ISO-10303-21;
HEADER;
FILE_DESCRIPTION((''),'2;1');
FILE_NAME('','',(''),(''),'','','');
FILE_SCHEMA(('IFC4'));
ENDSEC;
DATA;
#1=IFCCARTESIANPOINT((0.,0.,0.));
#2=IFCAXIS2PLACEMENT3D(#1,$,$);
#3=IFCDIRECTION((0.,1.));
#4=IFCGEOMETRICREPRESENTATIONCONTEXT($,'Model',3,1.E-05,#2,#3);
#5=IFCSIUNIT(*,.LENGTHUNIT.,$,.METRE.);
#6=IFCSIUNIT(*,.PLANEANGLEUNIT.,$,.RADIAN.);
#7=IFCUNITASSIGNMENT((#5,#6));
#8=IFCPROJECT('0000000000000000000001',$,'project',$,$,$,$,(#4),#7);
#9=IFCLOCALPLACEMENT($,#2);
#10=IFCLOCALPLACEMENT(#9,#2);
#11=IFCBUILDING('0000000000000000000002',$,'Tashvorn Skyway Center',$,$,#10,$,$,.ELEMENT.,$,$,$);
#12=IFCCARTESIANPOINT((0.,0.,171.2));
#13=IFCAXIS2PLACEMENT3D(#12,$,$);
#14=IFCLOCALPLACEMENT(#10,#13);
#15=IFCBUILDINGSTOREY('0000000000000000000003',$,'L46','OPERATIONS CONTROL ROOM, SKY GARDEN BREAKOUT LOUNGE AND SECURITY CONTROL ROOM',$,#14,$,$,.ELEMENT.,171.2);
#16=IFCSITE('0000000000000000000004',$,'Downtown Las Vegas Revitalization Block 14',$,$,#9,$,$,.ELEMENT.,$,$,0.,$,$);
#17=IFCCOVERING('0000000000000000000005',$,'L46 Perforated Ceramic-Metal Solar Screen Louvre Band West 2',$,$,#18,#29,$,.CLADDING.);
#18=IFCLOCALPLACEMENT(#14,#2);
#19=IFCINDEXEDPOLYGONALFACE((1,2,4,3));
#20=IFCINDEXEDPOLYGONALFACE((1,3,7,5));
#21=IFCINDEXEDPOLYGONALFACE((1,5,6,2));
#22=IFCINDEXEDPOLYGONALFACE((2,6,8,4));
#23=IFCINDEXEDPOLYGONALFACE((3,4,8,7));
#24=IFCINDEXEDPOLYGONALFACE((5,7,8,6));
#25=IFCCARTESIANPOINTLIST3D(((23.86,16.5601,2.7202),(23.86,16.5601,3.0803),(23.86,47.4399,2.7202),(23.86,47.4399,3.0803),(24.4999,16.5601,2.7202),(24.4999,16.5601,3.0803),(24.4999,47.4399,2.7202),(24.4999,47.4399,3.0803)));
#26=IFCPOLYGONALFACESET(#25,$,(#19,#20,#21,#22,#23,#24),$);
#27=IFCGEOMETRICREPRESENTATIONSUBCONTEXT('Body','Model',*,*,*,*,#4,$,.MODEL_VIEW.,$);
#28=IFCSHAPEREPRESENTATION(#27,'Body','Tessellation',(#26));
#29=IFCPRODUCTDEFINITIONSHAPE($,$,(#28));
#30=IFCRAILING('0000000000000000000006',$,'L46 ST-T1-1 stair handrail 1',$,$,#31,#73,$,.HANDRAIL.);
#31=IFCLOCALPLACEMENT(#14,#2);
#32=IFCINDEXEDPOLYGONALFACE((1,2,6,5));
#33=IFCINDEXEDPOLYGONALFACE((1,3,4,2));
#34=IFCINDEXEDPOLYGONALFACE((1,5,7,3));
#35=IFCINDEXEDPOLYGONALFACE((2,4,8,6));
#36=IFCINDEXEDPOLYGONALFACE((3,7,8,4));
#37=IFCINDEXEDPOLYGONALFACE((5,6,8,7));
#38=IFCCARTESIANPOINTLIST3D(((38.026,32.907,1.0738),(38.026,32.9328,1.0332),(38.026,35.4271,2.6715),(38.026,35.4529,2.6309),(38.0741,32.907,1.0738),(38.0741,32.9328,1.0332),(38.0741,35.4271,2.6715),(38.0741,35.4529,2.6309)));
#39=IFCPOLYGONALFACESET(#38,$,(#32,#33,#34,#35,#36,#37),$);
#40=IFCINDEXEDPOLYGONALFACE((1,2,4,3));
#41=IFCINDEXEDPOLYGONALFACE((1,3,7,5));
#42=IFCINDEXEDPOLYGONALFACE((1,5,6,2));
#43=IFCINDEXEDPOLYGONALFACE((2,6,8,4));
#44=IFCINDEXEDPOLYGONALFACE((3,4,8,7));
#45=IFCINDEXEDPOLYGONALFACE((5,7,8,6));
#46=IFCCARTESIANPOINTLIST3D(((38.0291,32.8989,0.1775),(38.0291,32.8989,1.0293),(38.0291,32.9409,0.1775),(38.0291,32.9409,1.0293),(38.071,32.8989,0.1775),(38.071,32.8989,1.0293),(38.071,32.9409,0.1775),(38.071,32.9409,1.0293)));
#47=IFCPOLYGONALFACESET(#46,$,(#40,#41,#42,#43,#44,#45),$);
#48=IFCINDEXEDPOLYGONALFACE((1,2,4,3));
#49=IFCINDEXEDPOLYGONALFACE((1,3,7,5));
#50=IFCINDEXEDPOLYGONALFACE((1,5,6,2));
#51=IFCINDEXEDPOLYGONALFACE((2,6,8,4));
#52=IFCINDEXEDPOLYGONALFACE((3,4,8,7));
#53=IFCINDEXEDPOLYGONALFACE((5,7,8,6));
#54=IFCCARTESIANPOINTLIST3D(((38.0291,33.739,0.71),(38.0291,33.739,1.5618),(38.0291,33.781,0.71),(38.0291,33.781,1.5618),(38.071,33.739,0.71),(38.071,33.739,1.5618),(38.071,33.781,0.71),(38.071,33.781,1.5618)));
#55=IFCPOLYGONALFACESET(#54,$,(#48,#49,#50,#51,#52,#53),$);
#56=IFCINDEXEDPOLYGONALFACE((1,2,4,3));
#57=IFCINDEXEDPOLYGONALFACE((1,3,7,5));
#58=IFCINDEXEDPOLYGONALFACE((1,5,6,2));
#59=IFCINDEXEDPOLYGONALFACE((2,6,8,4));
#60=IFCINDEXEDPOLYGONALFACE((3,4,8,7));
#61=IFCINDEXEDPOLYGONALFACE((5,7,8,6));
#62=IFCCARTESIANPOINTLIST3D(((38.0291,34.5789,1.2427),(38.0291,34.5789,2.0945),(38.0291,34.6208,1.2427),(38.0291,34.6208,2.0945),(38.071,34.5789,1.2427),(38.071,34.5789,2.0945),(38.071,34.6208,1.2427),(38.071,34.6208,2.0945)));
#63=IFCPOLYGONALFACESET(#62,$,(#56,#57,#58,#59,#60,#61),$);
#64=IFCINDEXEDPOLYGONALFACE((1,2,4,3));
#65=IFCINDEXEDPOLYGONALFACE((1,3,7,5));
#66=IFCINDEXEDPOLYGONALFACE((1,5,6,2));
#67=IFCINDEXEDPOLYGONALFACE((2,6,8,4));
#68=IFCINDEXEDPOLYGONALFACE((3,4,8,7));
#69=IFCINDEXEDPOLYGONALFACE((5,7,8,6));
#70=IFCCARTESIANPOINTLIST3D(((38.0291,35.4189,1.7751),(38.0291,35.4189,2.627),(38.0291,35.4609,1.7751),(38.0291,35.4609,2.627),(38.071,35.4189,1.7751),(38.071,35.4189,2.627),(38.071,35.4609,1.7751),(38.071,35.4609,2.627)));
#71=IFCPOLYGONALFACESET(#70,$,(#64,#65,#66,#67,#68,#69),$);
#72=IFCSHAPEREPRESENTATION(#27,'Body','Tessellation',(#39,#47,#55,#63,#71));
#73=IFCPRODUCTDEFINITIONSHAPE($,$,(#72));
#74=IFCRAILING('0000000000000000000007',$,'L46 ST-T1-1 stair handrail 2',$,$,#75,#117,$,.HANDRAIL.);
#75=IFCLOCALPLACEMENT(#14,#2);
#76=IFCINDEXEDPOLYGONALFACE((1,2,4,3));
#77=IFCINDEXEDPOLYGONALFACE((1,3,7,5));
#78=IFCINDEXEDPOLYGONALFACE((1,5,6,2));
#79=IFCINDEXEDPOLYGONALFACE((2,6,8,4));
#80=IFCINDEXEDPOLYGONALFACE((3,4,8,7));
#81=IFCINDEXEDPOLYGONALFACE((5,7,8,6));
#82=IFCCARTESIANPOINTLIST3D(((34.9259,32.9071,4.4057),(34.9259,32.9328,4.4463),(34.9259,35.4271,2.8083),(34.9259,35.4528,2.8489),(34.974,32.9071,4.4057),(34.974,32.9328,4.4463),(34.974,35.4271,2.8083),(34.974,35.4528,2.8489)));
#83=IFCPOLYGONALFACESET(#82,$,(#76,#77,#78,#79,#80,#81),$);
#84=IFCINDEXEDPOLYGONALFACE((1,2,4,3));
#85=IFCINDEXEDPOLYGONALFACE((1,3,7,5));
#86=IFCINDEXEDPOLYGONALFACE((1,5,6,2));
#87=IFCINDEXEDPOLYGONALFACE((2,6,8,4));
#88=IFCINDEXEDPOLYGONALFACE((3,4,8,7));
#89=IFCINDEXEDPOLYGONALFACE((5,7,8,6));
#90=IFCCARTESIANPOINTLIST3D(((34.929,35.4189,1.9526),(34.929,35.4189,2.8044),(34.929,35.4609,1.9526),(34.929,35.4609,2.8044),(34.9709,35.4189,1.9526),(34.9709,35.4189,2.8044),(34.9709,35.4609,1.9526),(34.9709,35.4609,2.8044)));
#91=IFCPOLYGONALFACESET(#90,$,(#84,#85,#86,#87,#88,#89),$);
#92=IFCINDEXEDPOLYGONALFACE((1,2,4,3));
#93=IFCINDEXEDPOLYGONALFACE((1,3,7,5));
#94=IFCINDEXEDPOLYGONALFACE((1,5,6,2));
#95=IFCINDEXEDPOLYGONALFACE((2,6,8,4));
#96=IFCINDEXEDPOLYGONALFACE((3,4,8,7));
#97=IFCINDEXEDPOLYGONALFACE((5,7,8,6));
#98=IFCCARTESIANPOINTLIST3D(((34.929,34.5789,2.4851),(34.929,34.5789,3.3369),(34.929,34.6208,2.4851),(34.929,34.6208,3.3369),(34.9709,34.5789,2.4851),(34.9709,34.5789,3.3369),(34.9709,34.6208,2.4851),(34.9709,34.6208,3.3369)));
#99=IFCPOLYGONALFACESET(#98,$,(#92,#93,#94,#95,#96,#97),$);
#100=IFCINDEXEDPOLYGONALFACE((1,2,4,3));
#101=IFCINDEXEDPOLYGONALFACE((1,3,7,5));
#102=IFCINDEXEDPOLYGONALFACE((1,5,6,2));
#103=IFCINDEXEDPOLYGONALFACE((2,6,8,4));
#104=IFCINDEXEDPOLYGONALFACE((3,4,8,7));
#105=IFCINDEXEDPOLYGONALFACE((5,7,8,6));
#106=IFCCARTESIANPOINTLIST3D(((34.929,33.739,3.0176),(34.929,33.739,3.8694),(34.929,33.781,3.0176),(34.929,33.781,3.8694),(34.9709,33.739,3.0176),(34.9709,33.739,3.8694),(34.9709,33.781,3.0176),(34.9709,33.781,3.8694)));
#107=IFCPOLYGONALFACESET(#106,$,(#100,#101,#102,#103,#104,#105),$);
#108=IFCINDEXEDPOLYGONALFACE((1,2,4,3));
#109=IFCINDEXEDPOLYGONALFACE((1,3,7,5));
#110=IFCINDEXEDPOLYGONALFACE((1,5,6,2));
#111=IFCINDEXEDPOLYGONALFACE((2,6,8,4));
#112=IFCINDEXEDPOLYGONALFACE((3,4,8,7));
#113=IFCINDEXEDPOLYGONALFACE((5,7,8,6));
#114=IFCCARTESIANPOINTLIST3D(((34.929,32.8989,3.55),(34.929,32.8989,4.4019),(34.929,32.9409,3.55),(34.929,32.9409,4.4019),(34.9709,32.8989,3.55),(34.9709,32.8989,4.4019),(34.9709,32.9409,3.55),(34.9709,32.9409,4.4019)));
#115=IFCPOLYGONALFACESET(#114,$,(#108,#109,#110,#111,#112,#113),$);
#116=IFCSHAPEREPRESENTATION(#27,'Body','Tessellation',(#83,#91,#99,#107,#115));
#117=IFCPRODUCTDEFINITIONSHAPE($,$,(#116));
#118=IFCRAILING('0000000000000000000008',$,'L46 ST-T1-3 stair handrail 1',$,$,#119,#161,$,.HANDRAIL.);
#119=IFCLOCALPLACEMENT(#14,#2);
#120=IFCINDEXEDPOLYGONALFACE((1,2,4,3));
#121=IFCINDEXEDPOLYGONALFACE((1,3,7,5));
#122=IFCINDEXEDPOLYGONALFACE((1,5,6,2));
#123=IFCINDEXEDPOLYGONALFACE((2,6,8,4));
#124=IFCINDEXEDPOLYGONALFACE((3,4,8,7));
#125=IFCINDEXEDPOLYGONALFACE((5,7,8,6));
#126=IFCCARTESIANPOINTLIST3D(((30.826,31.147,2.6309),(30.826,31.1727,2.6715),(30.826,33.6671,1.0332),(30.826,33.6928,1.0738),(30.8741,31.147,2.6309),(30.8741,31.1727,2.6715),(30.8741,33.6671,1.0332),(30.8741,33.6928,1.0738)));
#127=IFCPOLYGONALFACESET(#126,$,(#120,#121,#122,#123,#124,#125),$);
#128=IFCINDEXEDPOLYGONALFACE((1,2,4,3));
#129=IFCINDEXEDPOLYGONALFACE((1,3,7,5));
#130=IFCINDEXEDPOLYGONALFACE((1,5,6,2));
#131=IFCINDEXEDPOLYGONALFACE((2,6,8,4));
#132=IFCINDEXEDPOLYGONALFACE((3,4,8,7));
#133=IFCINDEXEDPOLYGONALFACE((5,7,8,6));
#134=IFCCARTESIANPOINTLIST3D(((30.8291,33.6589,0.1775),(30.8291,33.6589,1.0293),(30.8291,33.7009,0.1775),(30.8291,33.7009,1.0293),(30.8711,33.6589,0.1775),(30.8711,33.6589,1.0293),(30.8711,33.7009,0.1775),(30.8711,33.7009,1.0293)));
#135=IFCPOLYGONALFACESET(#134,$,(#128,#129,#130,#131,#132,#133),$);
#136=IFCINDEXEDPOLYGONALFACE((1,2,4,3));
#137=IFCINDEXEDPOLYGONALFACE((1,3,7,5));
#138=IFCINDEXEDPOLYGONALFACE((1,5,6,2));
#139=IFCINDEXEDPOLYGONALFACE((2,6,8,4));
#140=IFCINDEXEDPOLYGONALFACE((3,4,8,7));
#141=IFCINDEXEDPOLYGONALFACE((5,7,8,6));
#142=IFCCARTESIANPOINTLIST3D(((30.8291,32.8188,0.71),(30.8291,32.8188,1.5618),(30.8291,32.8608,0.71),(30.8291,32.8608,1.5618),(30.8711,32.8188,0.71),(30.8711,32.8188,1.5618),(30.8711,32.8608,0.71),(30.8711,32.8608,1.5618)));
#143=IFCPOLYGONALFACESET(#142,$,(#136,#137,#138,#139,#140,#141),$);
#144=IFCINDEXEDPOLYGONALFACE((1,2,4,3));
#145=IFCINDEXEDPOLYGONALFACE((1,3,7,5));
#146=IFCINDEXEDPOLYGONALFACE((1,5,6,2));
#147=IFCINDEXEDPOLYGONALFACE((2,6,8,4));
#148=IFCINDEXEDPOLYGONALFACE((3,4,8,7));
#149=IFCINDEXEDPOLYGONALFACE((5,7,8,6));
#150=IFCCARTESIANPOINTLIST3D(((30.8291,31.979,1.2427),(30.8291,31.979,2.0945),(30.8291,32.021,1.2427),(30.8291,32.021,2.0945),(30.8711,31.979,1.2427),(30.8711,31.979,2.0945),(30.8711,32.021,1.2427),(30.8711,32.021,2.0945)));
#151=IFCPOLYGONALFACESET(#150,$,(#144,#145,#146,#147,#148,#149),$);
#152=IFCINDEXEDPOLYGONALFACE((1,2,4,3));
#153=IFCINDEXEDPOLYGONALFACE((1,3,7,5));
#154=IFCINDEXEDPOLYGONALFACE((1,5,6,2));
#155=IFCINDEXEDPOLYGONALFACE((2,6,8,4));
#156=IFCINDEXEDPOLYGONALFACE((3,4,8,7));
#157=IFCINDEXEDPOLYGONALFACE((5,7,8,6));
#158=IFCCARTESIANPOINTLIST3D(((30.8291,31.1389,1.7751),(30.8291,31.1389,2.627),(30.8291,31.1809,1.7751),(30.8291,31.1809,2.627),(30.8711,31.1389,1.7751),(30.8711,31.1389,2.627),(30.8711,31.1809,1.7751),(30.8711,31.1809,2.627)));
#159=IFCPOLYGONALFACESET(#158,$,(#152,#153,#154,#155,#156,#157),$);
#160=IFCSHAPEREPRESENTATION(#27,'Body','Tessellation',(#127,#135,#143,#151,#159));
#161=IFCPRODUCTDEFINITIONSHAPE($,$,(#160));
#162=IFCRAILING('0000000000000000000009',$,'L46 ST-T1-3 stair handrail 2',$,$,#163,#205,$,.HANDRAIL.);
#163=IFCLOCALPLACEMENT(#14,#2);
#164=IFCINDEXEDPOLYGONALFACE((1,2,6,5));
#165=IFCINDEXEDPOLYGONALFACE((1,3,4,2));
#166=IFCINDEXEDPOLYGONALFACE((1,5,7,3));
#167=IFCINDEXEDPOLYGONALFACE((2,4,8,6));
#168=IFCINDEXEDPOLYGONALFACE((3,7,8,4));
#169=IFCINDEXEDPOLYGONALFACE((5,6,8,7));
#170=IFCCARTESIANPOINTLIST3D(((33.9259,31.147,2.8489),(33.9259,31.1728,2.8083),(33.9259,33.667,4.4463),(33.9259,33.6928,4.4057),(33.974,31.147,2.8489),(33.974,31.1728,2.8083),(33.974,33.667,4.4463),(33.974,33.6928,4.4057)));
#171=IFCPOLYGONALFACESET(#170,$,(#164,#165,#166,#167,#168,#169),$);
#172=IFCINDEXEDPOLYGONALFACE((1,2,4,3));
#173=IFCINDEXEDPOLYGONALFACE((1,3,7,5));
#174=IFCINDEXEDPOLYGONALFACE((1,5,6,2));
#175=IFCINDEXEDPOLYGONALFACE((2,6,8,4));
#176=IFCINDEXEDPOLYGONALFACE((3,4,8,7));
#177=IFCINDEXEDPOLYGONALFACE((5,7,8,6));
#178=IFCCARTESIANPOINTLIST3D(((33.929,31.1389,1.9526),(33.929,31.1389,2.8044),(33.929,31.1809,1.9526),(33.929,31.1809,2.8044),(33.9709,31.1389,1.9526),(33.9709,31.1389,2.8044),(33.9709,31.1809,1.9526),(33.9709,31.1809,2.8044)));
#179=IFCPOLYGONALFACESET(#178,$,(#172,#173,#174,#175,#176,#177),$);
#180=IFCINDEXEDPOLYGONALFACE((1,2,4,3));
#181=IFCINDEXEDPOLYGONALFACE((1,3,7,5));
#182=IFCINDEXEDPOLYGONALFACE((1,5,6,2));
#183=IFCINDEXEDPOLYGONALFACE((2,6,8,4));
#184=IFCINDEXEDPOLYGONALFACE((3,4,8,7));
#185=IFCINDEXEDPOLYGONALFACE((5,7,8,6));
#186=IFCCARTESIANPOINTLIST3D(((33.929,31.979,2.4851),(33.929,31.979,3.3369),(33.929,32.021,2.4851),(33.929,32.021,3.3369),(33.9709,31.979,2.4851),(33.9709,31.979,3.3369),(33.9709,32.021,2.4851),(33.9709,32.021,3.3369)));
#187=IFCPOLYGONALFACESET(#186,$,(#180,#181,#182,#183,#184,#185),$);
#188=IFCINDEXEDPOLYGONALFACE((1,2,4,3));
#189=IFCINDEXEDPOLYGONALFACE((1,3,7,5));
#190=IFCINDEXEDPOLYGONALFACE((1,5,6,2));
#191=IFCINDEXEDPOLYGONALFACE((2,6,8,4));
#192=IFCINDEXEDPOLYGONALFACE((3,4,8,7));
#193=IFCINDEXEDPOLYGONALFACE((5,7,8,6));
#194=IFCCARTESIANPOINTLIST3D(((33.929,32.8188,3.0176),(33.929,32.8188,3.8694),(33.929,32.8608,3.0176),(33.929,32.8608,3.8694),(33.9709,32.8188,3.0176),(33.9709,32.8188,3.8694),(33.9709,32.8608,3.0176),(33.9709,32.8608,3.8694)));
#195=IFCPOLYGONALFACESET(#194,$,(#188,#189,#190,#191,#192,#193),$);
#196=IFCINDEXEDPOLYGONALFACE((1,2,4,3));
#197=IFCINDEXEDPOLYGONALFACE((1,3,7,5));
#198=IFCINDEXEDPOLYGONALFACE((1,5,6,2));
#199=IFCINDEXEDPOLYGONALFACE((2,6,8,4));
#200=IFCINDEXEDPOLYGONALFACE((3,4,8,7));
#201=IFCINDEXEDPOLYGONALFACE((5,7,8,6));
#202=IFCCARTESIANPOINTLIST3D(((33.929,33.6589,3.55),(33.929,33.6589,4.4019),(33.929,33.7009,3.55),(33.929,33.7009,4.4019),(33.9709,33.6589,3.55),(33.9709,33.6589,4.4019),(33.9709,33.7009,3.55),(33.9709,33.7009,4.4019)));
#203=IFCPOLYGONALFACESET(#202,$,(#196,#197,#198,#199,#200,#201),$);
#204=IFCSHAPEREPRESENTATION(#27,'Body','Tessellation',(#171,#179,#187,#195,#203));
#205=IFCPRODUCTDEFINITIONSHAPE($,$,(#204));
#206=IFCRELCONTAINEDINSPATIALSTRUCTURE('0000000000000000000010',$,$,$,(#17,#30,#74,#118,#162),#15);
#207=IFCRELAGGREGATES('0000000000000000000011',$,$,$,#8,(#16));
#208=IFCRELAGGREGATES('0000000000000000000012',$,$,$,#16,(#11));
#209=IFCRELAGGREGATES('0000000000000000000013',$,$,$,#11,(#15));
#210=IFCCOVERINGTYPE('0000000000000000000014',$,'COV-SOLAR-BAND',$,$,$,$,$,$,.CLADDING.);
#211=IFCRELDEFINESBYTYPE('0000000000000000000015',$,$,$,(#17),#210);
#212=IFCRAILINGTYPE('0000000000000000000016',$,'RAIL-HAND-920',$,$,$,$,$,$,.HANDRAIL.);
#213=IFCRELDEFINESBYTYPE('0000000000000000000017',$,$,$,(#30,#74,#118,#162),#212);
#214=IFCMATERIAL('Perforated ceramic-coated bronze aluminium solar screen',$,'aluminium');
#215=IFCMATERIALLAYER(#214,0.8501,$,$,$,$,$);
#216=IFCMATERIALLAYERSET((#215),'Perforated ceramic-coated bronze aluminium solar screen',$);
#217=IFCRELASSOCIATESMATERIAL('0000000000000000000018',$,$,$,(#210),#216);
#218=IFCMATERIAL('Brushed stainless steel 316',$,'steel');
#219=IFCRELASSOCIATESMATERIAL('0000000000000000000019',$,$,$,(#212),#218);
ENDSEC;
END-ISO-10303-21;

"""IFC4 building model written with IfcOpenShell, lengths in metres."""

from ifc_helpers import new_model, si_unit, direction, frame, origin, origin_2d, place, context, subcontext, project, spatial, rectangle, extrude, material, layer, layer_set, type_object, element, save


model = new_model("IFC4")

# Units and contexts
model_context = context("Model", 3, precision=1e-05, world=origin(), true_north=direction((0.0, 1.0)))
body_context = subcontext(model_context, "Body", "Model", "MODEL_VIEW")
ifc_project = project(units=[si_unit("LENGTHUNIT", "METRE"), si_unit("PLANEANGLEUNIT", "RADIAN")], contexts=[model_context])

# Site, building, storey
site_placement = place(None, origin())
site = spatial("IfcSite", under=ifc_project, at=site_placement, Name="Downtown Las Vegas Revitalization Block 14", CompositionType="ELEMENT", RefElevation=0.0)
building_placement = place(site_placement, origin())
building = spatial("IfcBuilding", under=site, at=building_placement, Name="Tashvorn Skyway Center", CompositionType="ELEMENT")
storey_placement = place(building_placement, frame((0.0, 0.0, 171.2)))
storey = spatial("IfcBuildingStorey", under=building, at=storey_placement, Name="L46", Description="OPERATIONS CONTROL ROOM, SKY GARDEN BREAKOUT LOUNGE AND SECURITY CONTROL ROOM", CompositionType="ELEMENT", Elevation=171.2)

# Covering
ifc_material_1 = material(Name="Perforated ceramic-coated bronze aluminium solar screen", Category="aluminium")
ifc_layer_1 = layer(ifc_material_1, 0.8501)
ifc_layer_set_1 = layer_set([ifc_layer_1], Name="Perforated ceramic-coated bronze aluminium solar screen")
covering_type = type_object("IfcCoveringType", Name="COV-SOLAR-BAND", PredefinedType="CLADDING", material=ifc_layer_set_1)
for number, where, z_axis, x_axis, name in (
    (1, (24.1799, 32.0, 2.7202), (0.0, 0.0, 1.0), (0.0, 1.0, 0.0), "L46 Perforated Ceramic-Metal Solar Screen Louvre Band West 2"),
):
    element("IfcCovering", number, at=place(storey_placement, frame(where, z_axis=z_axis, x_axis=x_axis)), inside=storey, type_object=covering_type, Name=name, PredefinedType="CLADDING", context=body_context, shape_type="SweptSolid", body=[
        extrude(rectangle(XDim=30.8799, YDim=0.6399, at=origin_2d()), origin(), (0.0, 0.0, 1.0), 0.3601),
    ])

# Railings
ifc_material_2 = material(Name="Brushed stainless steel 316", Category="steel")
railing_type_1 = type_object("IfcRailingType", Name="RAIL-HAND-920", PredefinedType="HANDRAIL", material=ifc_material_2)
railing_1_placement = place(storey_placement, frame((38.05, 32.9199, 0.1775)))
element("IfcRailing", 2, at=railing_1_placement, inside=storey, type_object=railing_type_1, Name="L46 ST-T1-1 stair handrail 1", PredefinedType="HANDRAIL", context=body_context, shape_type="SweptSolid", body=[
    extrude(rectangle(XDim=0.0481, YDim=0.0481, at=origin_2d()), frame((0.0, 0.0, 0.876), z_axis=(0.0, 0.84457, 0.535445), x_axis=(-1.0, 0.0, 0.0)), (0.0, 0.0, 1.0), 2.9839),
    extrude(rectangle(XDim=0.042, YDim=0.042, at=origin_2d()), origin(), (0.0, 0.0, 1.0), 0.8518),
    extrude(rectangle(XDim=0.042, YDim=0.042, at=origin_2d()), frame((0.0, 0.8401, 0.5325)), (0.0, 0.0, 1.0), 0.8518),
    extrude(rectangle(XDim=0.042, YDim=0.042, at=origin_2d()), frame((0.0, 1.6799, 1.0652)), (0.0, 0.0, 1.0), 0.8518),
    extrude(rectangle(XDim=0.042, YDim=0.042, at=origin_2d()), frame((0.0, 2.52, 1.5977)), (0.0, 0.0, 1.0), 0.8518),
])
railing_2_placement = place(storey_placement, frame((34.95, 35.4399, 1.9526)))
element("IfcRailing", 3, at=railing_2_placement, inside=storey, type_object=railing_type_1, Name="L46 ST-T1-1 stair handrail 2", PredefinedType="HANDRAIL", context=body_context, shape_type="SweptSolid", body=[
    extrude(rectangle(XDim=0.0481, YDim=0.0481, at=origin_2d()), frame((0.0, 0.0, 0.876), z_axis=(0.0, -0.844607, 0.535387), x_axis=(1.0, 0.0, 0.0)), (0.0, 0.0, 1.0), 2.9836),
    extrude(rectangle(XDim=0.042, YDim=0.042, at=origin_2d()), origin(), (0.0, 0.0, 1.0), 0.8518),
    extrude(rectangle(XDim=0.042, YDim=0.042, at=origin_2d()), frame((0.0, -0.8401, 0.5325)), (0.0, 0.0, 1.0), 0.8518),
    extrude(rectangle(XDim=0.042, YDim=0.042, at=origin_2d()), frame((0.0, -1.6799, 1.0649)), (0.0, 0.0, 1.0), 0.8518),
    extrude(rectangle(XDim=0.042, YDim=0.042, at=origin_2d()), frame((0.0, -2.52, 1.5974)), (0.0, 0.0, 1.0), 0.8518),
])
railing_3_placement = place(storey_placement, frame((30.8501, 33.6799, 0.1775)))
element("IfcRailing", 4, at=railing_3_placement, inside=storey, type_object=railing_type_1, Name="L46 ST-T1-3 stair handrail 1", PredefinedType="HANDRAIL", context=body_context, shape_type="SweptSolid", body=[
    extrude(rectangle(XDim=0.0481, YDim=0.0481, at=origin_2d()), frame((0.0, 0.0, 0.876), z_axis=(0.0, -0.84457, 0.535445), x_axis=(1.0, 0.0, 0.0)), (0.0, 0.0, 1.0), 2.9839),
    extrude(rectangle(XDim=0.042, YDim=0.042, at=origin_2d()), origin(), (0.0, 0.0, 1.0), 0.8518),
    extrude(rectangle(XDim=0.042, YDim=0.042, at=origin_2d()), frame((0.0, -0.8401, 0.5325)), (0.0, 0.0, 1.0), 0.8518),
    extrude(rectangle(XDim=0.042, YDim=0.042, at=origin_2d()), frame((0.0, -1.6799, 1.0652)), (0.0, 0.0, 1.0), 0.8518),
    extrude(rectangle(XDim=0.042, YDim=0.042, at=origin_2d()), frame((0.0, -2.52, 1.5977)), (0.0, 0.0, 1.0), 0.8518),
])
railing_4_placement = place(storey_placement, frame((33.95, 31.1599, 1.9526)))
element("IfcRailing", 5, at=railing_4_placement, inside=storey, type_object=railing_type_1, Name="L46 ST-T1-3 stair handrail 2", PredefinedType="HANDRAIL", context=body_context, shape_type="SweptSolid", body=[
    extrude(rectangle(XDim=0.0481, YDim=0.0481, at=origin_2d()), frame((0.0, 0.0, 0.876), z_axis=(0.0, 0.844607, 0.535387), x_axis=(-1.0, 0.0, 0.0)), (0.0, 0.0, 1.0), 2.9836),
    extrude(rectangle(XDim=0.042, YDim=0.042, at=origin_2d()), origin(), (0.0, 0.0, 1.0), 0.8518),
    extrude(rectangle(XDim=0.042, YDim=0.042, at=origin_2d()), frame((0.0, 0.8401, 0.5325)), (0.0, 0.0, 1.0), 0.8518),
    extrude(rectangle(XDim=0.042, YDim=0.042, at=origin_2d()), frame((0.0, 1.6799, 1.0649)), (0.0, 0.0, 1.0), 0.8518),
    extrude(rectangle(XDim=0.042, YDim=0.042, at=origin_2d()), frame((0.0, 2.52, 1.5974)), (0.0, 0.0, 1.0), 0.8518),
])

save(model, "model.ifc")
